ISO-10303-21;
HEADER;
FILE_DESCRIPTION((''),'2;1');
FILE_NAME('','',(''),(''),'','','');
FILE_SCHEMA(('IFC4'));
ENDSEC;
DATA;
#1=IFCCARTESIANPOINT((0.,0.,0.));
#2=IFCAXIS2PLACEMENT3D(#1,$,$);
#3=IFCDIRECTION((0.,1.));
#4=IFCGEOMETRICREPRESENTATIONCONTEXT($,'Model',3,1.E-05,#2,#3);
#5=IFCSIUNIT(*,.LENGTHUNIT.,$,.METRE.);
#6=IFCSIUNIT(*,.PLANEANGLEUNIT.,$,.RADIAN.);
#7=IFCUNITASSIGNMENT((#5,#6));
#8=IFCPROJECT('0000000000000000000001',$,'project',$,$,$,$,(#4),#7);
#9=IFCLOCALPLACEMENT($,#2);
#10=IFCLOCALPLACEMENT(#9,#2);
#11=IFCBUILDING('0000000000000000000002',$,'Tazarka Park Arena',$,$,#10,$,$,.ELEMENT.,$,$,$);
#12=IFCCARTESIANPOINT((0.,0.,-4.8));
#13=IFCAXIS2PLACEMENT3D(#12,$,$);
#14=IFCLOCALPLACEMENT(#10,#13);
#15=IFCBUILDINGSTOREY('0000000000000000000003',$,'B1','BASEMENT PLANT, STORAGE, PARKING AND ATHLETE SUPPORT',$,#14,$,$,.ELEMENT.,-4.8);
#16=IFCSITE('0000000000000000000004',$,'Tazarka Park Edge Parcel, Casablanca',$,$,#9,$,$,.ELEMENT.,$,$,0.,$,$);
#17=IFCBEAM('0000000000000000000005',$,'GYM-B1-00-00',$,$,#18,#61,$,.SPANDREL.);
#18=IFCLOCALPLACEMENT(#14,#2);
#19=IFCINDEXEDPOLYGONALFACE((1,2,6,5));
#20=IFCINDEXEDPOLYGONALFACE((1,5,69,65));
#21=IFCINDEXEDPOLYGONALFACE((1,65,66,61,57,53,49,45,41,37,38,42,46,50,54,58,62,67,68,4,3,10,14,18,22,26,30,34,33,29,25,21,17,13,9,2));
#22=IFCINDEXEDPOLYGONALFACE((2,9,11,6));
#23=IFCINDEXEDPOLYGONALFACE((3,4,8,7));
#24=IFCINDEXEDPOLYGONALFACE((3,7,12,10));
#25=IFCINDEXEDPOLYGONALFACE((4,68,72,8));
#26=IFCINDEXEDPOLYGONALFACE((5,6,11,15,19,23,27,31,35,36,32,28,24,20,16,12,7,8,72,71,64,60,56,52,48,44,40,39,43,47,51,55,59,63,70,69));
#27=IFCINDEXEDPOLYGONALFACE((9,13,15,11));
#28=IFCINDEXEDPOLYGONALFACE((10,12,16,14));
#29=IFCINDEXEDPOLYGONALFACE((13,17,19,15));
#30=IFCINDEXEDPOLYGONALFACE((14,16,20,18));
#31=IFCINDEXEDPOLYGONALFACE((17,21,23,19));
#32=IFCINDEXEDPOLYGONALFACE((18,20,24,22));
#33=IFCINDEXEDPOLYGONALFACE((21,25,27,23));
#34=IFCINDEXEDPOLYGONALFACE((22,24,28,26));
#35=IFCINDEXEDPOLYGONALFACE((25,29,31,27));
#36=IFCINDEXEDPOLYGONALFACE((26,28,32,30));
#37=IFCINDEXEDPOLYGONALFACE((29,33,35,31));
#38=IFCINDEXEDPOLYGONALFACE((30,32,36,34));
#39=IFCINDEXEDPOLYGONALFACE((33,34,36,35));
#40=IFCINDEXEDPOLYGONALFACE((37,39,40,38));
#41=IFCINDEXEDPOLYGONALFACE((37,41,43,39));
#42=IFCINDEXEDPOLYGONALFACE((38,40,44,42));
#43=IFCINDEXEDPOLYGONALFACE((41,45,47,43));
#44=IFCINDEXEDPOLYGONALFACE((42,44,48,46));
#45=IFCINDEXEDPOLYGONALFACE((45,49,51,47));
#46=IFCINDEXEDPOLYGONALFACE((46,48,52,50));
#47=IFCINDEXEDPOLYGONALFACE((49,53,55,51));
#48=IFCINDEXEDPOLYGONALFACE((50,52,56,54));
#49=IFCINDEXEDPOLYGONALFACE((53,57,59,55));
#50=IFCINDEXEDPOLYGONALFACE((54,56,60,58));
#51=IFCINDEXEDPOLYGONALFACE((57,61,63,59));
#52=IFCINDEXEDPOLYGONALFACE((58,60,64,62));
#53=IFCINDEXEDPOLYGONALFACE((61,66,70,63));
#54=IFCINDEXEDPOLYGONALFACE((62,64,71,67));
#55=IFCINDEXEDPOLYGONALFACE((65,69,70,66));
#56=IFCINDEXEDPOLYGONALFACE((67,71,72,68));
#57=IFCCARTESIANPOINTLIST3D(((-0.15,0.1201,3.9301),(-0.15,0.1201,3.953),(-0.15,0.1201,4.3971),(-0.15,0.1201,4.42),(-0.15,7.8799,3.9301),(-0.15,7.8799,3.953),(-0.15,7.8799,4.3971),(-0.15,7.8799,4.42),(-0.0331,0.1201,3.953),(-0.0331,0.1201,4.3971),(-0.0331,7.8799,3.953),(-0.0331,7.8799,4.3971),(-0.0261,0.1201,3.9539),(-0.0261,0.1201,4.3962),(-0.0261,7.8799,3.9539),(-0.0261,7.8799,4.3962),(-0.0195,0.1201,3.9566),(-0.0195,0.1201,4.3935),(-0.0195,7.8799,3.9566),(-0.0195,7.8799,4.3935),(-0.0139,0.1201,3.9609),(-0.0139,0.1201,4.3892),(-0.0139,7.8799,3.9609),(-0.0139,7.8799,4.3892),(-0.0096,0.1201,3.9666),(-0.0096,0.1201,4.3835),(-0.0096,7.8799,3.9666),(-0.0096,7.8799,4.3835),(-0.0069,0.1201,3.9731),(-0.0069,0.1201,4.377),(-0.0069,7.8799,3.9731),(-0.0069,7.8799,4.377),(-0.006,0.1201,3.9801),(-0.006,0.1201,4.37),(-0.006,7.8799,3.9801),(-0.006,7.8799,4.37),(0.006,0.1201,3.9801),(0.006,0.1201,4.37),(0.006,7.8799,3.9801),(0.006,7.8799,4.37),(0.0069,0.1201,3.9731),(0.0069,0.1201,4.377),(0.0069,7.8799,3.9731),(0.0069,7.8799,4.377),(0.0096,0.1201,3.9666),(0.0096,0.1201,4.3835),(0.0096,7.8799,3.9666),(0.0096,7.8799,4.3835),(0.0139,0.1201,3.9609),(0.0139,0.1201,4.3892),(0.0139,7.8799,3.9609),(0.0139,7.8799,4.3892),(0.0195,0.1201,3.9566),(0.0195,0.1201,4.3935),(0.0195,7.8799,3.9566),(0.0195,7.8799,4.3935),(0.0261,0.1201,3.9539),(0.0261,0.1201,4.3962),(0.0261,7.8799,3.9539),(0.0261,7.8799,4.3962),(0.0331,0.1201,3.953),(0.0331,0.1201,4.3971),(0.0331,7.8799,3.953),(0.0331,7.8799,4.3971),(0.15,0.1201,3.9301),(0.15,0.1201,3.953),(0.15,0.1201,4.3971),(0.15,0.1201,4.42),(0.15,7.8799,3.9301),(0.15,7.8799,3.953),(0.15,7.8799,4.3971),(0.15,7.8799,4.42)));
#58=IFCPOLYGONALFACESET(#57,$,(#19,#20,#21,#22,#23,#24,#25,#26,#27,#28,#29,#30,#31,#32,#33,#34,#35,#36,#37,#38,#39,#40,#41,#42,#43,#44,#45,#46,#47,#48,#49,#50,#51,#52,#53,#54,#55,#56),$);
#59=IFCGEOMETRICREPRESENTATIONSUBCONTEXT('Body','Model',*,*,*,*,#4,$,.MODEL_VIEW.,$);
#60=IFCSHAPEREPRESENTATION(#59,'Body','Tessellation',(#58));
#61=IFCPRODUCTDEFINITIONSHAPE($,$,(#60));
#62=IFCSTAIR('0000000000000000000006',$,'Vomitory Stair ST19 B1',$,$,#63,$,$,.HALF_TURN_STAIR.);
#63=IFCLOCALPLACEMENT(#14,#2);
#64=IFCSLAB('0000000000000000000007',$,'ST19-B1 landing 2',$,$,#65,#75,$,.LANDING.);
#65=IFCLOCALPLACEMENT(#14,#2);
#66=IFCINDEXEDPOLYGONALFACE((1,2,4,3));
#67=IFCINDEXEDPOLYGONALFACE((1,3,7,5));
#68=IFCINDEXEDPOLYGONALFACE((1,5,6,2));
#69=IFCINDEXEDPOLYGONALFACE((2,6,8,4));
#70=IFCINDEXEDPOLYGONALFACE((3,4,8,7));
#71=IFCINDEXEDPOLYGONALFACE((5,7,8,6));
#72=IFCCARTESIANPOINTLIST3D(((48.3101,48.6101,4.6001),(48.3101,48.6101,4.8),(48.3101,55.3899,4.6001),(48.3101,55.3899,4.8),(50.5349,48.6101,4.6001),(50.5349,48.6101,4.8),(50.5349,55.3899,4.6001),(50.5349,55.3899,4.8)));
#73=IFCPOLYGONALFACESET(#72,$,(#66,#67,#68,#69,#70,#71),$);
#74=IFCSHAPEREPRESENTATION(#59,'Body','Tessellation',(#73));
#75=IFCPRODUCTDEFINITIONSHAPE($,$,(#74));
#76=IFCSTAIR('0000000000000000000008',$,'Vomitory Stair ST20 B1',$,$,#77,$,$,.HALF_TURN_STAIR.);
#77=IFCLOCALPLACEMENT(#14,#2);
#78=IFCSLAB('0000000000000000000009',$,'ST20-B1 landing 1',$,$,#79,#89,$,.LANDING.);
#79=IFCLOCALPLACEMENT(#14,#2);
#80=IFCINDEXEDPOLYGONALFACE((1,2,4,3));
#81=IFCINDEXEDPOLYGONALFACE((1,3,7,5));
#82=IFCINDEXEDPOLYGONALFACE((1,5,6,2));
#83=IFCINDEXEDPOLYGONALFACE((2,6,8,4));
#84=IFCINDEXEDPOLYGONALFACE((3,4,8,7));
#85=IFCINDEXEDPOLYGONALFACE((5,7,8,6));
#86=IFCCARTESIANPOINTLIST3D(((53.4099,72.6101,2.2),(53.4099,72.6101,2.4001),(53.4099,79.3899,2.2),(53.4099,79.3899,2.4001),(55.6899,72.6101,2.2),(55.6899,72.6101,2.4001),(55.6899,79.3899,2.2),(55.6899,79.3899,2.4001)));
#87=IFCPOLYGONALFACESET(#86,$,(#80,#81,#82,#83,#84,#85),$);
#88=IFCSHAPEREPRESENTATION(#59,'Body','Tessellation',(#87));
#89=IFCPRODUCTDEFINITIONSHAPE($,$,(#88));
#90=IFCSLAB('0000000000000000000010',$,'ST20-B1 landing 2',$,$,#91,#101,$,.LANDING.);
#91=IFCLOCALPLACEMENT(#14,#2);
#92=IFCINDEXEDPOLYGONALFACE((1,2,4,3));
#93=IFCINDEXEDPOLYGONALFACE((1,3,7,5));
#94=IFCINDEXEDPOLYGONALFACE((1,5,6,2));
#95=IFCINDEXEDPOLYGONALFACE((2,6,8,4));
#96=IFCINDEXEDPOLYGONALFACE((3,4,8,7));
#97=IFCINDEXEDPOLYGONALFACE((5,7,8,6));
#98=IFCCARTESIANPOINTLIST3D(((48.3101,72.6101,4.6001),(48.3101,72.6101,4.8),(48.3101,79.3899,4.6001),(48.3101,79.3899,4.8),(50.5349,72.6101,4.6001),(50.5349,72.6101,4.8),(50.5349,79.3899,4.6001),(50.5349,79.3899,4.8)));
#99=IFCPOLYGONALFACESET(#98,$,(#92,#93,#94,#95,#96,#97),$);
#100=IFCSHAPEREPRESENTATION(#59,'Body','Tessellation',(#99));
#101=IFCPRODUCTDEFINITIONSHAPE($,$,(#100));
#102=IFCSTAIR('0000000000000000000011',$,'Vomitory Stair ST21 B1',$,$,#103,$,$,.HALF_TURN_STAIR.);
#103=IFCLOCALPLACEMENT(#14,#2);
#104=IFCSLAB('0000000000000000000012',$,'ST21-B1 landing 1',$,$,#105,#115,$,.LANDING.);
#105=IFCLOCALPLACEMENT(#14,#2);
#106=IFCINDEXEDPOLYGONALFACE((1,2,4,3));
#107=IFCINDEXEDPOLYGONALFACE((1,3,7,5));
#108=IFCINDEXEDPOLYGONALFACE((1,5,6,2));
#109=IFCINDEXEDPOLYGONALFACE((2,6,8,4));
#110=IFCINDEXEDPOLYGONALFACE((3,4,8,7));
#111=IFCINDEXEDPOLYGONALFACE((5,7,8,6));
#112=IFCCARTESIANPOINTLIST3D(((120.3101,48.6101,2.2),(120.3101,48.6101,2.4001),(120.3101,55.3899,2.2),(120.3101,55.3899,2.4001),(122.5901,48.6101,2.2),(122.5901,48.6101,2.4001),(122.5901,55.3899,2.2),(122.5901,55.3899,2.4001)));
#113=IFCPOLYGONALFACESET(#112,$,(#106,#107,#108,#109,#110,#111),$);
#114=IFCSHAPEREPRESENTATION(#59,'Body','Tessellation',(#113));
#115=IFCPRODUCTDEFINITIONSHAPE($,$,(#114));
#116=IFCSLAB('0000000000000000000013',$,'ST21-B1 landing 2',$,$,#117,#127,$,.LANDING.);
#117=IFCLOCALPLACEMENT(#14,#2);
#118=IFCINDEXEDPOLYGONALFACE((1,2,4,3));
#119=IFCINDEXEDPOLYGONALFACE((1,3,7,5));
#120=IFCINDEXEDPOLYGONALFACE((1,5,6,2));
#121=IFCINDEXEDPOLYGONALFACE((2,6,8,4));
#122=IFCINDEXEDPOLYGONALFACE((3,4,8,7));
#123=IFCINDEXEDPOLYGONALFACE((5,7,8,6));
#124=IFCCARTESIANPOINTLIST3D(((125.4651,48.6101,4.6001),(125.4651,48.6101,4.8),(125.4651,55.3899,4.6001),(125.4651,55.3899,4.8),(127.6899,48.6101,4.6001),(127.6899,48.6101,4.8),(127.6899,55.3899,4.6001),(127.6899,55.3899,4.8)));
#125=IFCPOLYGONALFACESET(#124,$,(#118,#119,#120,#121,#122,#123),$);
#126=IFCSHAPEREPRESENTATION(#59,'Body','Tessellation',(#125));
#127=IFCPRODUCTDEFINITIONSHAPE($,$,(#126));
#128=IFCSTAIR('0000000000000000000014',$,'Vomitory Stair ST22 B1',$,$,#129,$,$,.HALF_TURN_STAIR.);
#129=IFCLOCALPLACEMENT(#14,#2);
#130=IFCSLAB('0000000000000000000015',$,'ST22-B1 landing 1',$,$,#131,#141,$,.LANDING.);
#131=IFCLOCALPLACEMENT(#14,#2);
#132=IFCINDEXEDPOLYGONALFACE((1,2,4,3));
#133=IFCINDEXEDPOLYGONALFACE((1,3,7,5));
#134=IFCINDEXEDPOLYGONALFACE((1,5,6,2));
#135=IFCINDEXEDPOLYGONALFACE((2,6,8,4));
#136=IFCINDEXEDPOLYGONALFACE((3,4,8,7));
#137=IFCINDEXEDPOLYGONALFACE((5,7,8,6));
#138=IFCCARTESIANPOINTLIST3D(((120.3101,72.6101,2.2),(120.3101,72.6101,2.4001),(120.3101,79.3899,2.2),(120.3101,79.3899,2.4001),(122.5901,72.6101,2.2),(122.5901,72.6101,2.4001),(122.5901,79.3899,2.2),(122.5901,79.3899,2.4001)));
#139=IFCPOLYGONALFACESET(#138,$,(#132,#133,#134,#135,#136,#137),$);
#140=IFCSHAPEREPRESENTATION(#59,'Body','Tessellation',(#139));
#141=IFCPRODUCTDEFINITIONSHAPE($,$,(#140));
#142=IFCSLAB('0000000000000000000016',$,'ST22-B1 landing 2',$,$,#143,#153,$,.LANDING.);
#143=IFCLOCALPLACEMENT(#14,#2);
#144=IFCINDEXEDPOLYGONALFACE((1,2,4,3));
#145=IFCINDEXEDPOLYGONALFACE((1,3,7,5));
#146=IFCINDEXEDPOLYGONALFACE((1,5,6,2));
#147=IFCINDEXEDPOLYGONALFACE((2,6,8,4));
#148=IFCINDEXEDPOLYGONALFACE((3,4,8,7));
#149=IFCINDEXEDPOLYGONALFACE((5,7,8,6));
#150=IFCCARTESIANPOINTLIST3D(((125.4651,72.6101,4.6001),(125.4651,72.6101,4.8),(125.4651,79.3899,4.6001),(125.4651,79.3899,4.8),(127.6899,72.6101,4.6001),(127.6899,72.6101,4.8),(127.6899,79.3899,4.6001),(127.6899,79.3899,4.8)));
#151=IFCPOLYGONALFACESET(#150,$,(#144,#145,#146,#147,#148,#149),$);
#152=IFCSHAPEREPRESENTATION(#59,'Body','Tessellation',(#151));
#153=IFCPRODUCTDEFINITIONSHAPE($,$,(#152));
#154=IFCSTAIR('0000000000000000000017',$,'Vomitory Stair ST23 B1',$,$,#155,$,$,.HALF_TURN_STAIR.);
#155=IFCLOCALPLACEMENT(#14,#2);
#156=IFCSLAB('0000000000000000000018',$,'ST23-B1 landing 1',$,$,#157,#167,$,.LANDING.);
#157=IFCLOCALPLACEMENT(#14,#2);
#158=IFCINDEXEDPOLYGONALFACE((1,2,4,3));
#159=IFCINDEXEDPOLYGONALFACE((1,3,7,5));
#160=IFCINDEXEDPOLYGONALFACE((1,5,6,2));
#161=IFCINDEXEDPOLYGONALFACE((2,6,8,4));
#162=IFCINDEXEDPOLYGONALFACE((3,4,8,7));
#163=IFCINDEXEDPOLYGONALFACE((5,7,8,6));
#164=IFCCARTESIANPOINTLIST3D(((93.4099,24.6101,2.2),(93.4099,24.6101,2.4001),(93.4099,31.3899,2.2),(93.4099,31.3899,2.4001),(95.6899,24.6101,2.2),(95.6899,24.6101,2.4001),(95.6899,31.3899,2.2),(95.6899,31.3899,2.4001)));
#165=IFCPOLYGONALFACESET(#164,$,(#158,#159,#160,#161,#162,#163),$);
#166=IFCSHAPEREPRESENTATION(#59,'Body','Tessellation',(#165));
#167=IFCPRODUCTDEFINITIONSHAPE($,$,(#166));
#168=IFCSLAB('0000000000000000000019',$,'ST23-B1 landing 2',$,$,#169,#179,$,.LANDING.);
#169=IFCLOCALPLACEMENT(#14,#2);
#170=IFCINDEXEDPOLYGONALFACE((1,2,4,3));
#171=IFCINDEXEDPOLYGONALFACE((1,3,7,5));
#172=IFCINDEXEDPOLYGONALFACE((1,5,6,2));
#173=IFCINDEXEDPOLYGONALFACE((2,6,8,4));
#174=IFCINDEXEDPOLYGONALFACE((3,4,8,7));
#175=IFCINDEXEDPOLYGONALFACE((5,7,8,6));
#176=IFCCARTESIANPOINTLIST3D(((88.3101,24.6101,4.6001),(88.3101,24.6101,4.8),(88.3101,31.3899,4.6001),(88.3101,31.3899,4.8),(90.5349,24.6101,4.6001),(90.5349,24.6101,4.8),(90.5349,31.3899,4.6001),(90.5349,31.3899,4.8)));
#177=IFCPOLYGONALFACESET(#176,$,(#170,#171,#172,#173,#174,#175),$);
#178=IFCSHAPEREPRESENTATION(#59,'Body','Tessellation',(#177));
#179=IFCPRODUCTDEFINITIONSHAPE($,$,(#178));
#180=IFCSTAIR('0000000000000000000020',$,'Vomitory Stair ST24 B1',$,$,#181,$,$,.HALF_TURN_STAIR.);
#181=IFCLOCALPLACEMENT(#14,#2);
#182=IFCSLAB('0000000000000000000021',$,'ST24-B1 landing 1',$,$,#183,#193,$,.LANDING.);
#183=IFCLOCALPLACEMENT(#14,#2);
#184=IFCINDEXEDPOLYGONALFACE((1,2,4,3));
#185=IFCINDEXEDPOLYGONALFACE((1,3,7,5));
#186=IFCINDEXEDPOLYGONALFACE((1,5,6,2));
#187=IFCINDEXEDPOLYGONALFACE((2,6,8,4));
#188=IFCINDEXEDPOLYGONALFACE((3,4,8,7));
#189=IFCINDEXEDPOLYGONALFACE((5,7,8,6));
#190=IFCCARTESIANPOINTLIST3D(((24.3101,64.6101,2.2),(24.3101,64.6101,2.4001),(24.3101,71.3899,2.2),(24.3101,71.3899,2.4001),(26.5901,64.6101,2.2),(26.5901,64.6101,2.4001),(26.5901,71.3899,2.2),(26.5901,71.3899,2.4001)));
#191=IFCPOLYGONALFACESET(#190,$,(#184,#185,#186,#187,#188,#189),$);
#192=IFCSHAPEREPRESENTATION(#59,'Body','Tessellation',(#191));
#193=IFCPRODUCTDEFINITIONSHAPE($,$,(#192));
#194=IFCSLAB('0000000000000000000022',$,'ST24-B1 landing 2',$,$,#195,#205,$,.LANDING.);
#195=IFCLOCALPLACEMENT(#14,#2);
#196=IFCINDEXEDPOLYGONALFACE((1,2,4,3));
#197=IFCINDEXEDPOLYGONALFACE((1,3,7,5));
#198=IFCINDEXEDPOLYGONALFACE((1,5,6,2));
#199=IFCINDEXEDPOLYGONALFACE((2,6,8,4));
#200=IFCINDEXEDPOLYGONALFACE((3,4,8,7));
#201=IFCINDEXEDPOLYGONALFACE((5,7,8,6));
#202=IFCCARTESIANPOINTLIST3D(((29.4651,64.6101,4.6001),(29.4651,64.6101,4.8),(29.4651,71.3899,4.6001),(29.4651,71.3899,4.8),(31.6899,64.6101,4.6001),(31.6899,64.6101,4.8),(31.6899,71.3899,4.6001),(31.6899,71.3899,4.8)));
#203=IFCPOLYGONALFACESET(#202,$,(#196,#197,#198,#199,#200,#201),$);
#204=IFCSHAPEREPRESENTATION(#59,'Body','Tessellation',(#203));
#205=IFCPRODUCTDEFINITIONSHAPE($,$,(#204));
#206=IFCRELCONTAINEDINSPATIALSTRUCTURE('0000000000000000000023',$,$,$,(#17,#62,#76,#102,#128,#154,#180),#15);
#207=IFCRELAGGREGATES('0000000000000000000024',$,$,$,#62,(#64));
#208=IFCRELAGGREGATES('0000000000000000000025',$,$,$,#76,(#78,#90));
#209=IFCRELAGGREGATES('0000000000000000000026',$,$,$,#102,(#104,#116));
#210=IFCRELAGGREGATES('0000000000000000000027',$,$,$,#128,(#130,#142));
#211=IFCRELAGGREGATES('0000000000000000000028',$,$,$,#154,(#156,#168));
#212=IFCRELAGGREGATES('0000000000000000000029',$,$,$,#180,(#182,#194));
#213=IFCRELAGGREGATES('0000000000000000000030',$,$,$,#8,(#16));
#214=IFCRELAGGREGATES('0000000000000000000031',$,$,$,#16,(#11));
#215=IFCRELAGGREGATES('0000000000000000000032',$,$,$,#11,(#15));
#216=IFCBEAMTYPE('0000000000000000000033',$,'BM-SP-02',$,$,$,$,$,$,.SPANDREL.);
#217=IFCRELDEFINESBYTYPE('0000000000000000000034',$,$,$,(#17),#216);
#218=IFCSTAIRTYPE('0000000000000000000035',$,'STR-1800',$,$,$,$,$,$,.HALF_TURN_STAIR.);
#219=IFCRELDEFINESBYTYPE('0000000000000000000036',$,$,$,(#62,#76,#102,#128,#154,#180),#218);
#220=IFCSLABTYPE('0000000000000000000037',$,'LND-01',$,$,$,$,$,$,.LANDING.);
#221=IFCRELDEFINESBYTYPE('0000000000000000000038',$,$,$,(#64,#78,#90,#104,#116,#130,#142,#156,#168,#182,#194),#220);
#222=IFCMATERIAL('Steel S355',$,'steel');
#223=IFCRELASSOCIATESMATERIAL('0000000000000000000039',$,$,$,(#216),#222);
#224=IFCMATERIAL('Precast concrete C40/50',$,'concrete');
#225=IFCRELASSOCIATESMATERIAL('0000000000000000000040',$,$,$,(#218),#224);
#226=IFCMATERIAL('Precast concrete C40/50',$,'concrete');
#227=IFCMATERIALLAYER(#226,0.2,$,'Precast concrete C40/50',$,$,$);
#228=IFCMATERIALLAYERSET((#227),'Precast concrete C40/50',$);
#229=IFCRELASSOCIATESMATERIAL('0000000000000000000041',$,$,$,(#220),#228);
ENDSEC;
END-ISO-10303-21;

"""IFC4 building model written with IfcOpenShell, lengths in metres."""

from ifc_helpers import new_model, si_unit, direction, frame, origin, origin_2d, place, context, subcontext, project, spatial, polyline, i_section, outline, extrude, material, layer, layer_set, material_profile, profile_set, type_object, element, aggregate, save


model = new_model("IFC4")

# Units and contexts
model_context = context("Model", 3, precision=1e-05, world=origin(), true_north=direction((0.0, 1.0)))
body_context = subcontext(model_context, "Body", "Model", "MODEL_VIEW")
ifc_project = project(units=[si_unit("LENGTHUNIT", "METRE"), si_unit("PLANEANGLEUNIT", "RADIAN")], contexts=[model_context])

# Site, building, storey
site_placement = place(None, origin())
site = spatial("IfcSite", under=ifc_project, at=site_placement, Name="Tazarka Park Edge Parcel, Casablanca", CompositionType="ELEMENT", RefElevation=0.0)
building_placement = place(site_placement, origin())
building = spatial("IfcBuilding", under=site, at=building_placement, Name="Tazarka Park Arena", CompositionType="ELEMENT")
storey_placement = place(building_placement, frame((0.0, 0.0, -4.8)))
storey = spatial("IfcBuildingStorey", under=building, at=storey_placement, Name="B1", Description="BASEMENT PLANT, STORAGE, PARKING AND ATHLETE SUPPORT", CompositionType="ELEMENT", Elevation=-4.8)

# Beam
ifc_material_1 = material(Name="Steel S355", Category="steel")
ifc_material_profile_1 = material_profile(ifc_material_1, i_section(OverallWidth=0.3, OverallDepth=0.49, WebThickness=0.012, FlangeThickness=0.0229, FilletRadius=0.0271, at=origin_2d()), Name="Steel S355")
ifc_profile_set_1 = profile_set([ifc_material_profile_1], Name="Steel S355")
beam_type_1 = type_object("IfcBeamType", Name="BM-SP-02", PredefinedType="SPANDREL", material=ifc_profile_set_1)
beam_1_placement = place(storey_placement, frame((0.0, 0.1201, 4.175), z_axis=(0.0, 1.0, 0.0), x_axis=(-1.0, 0.0, 0.0)))
element("IfcBeam", 1, at=beam_1_placement, inside=storey, type_object=beam_type_1, Name="GYM-B1-00-00", PredefinedType="SPANDREL", context=body_context, shape_type="SweptSolid", body=[
    extrude(i_section(OverallWidth=0.3, OverallDepth=0.49, WebThickness=0.012, FlangeThickness=0.0229, FilletRadius=0.0271, at=origin_2d()), origin(), (0.0, 0.0, 1.0), 7.7598),
])

# Stair, slab
ifc_material_2 = material(Name="Precast concrete C40/50", Category="concrete")
stair_type = type_object("IfcStairType", Name="STR-1800", PredefinedType="HALF_TURN_STAIR", material=ifc_material_2)
stair_1_placement = place(storey_placement, origin())
stair_1 = element("IfcStair", 2, at=stair_1_placement, inside=storey, type_object=stair_type, Name="Vomitory Stair ST19 B1", PredefinedType="HALF_TURN_STAIR")
ifc_material_3 = material(Name="Precast concrete C40/50", Category="concrete")
ifc_layer_1 = layer(ifc_material_3, 0.2, Name="Precast concrete C40/50")
ifc_layer_set_1 = layer_set([ifc_layer_1], Name="Precast concrete C40/50")
slab_type = type_object("IfcSlabType", Name="LND-01", PredefinedType="LANDING", material=ifc_layer_set_1)
slab_1_placement = place(storey_placement, frame((0.0, 0.0, 4.6001)))
slab_1 = element("IfcSlab", 3, at=slab_1_placement, type_object=slab_type, Name="ST19-B1 landing 2", PredefinedType="LANDING", context=body_context, shape_type="SweptSolid", body=[
    extrude(outline(polyline([(48.3101, 48.6101), (50.5349, 48.6101), (50.5349, 55.3899), (48.3101, 55.3899), (48.3101, 48.6101)])), origin(), (0.0, 0.0, 1.0), 0.2),
])
aggregate(stair_1, [slab_1])

# Stairs, slabs
stair_2_placement = place(storey_placement, origin())
stair_2 = element("IfcStair", 4, at=stair_2_placement, inside=storey, type_object=stair_type, Name="Vomitory Stair ST20 B1", PredefinedType="HALF_TURN_STAIR")
slab_2_placement = place(storey_placement, frame((0.0, 0.0, 2.2)))
slab_2 = element("IfcSlab", 5, at=slab_2_placement, type_object=slab_type, Name="ST20-B1 landing 1", PredefinedType="LANDING", context=body_context, shape_type="SweptSolid", body=[
    extrude(outline(polyline([(53.4099, 72.6101), (55.6899, 72.6101), (55.6899, 79.3899), (53.4099, 79.3899), (53.4099, 72.6101)])), origin(), (0.0, 0.0, 1.0), 0.2002),
])
slab_3_placement = place(storey_placement, frame((0.0, 0.0, 4.6001)))
slab_3 = element("IfcSlab", 6, at=slab_3_placement, type_object=slab_type, Name="ST20-B1 landing 2", PredefinedType="LANDING", context=body_context, shape_type="SweptSolid", body=[
    extrude(outline(polyline([(48.3101, 72.6101), (50.5349, 72.6101), (50.5349, 79.3899), (48.3101, 79.3899), (48.3101, 72.6101)])), origin(), (0.0, 0.0, 1.0), 0.2),
])
aggregate(stair_2, [slab_2, slab_3])
stair_3_placement = place(storey_placement, origin())
stair_3 = element("IfcStair", 7, at=stair_3_placement, inside=storey, type_object=stair_type, Name="Vomitory Stair ST21 B1", PredefinedType="HALF_TURN_STAIR")
slab_4_placement = place(storey_placement, frame((0.0, 0.0, 2.2)))
slab_4 = element("IfcSlab", 8, at=slab_4_placement, type_object=slab_type, Name="ST21-B1 landing 1", PredefinedType="LANDING", context=body_context, shape_type="SweptSolid", body=[
    extrude(outline(polyline([(120.3101, 48.6101), (122.5901, 48.6101), (122.5901, 55.3899), (120.3101, 55.3899), (120.3101, 48.6101)])), origin(), (0.0, 0.0, 1.0), 0.2002),
])
slab_5_placement = place(storey_placement, frame((0.0, 0.0, 4.6001)))
slab_5 = element("IfcSlab", 9, at=slab_5_placement, type_object=slab_type, Name="ST21-B1 landing 2", PredefinedType="LANDING", context=body_context, shape_type="SweptSolid", body=[
    extrude(outline(polyline([(125.4651, 48.6101), (127.6899, 48.6101), (127.6899, 55.3899), (125.4651, 55.3899), (125.4651, 48.6101)])), origin(), (0.0, 0.0, 1.0), 0.2),
])
aggregate(stair_3, [slab_4, slab_5])
stair_4_placement = place(storey_placement, origin())
stair_4 = element("IfcStair", 10, at=stair_4_placement, inside=storey, type_object=stair_type, Name="Vomitory Stair ST22 B1", PredefinedType="HALF_TURN_STAIR")
slab_6_placement = place(storey_placement, frame((0.0, 0.0, 2.2)))
slab_6 = element("IfcSlab", 11, at=slab_6_placement, type_object=slab_type, Name="ST22-B1 landing 1", PredefinedType="LANDING", context=body_context, shape_type="SweptSolid", body=[
    extrude(outline(polyline([(120.3101, 72.6101), (122.5901, 72.6101), (122.5901, 79.3899), (120.3101, 79.3899), (120.3101, 72.6101)])), origin(), (0.0, 0.0, 1.0), 0.2002),
])
slab_7_placement = place(storey_placement, frame((0.0, 0.0, 4.6001)))
slab_7 = element("IfcSlab", 12, at=slab_7_placement, type_object=slab_type, Name="ST22-B1 landing 2", PredefinedType="LANDING", context=body_context, shape_type="SweptSolid", body=[
    extrude(outline(polyline([(125.4651, 72.6101), (127.6899, 72.6101), (127.6899, 79.3899), (125.4651, 79.3899), (125.4651, 72.6101)])), origin(), (0.0, 0.0, 1.0), 0.2),
])
aggregate(stair_4, [slab_6, slab_7])
stair_5_placement = place(storey_placement, origin())
stair_5 = element("IfcStair", 13, at=stair_5_placement, inside=storey, type_object=stair_type, Name="Vomitory Stair ST23 B1", PredefinedType="HALF_TURN_STAIR")
slab_8_placement = place(storey_placement, frame((0.0, 0.0, 2.2)))
slab_8 = element("IfcSlab", 14, at=slab_8_placement, type_object=slab_type, Name="ST23-B1 landing 1", PredefinedType="LANDING", context=body_context, shape_type="SweptSolid", body=[
    extrude(outline(polyline([(93.4099, 24.6101), (95.6899, 24.6101), (95.6899, 31.3899), (93.4099, 31.3899), (93.4099, 24.6101)])), origin(), (0.0, 0.0, 1.0), 0.2002),
])
slab_9_placement = place(storey_placement, frame((0.0, 0.0, 4.6001)))
slab_9 = element("IfcSlab", 15, at=slab_9_placement, type_object=slab_type, Name="ST23-B1 landing 2", PredefinedType="LANDING", context=body_context, shape_type="SweptSolid", body=[
    extrude(outline(polyline([(88.3101, 24.6101), (90.5349, 24.6101), (90.5349, 31.3899), (88.3101, 31.3899), (88.3101, 24.6101)])), origin(), (0.0, 0.0, 1.0), 0.2),
])
aggregate(stair_5, [slab_8, slab_9])
stair_6_placement = place(storey_placement, origin())
stair_6 = element("IfcStair", 16, at=stair_6_placement, inside=storey, type_object=stair_type, Name="Vomitory Stair ST24 B1", PredefinedType="HALF_TURN_STAIR")
slab_10_placement = place(storey_placement, frame((0.0, 0.0, 2.2)))
slab_10 = element("IfcSlab", 17, at=slab_10_placement, type_object=slab_type, Name="ST24-B1 landing 1", PredefinedType="LANDING", context=body_context, shape_type="SweptSolid", body=[
    extrude(outline(polyline([(24.3101, 64.6101), (26.5901, 64.6101), (26.5901, 71.3899), (24.3101, 71.3899), (24.3101, 64.6101)])), origin(), (0.0, 0.0, 1.0), 0.2002),
])
slab_11_placement = place(storey_placement, frame((0.0, 0.0, 4.6001)))
slab_11 = element("IfcSlab", 18, at=slab_11_placement, type_object=slab_type, Name="ST24-B1 landing 2", PredefinedType="LANDING", context=body_context, shape_type="SweptSolid", body=[
    extrude(outline(polyline([(29.4651, 64.6101), (31.6899, 64.6101), (31.6899, 71.3899), (29.4651, 71.3899), (29.4651, 64.6101)])), origin(), (0.0, 0.0, 1.0), 0.2),
])
aggregate(stair_6, [slab_10, slab_11])

save(model, "model.ifc")
